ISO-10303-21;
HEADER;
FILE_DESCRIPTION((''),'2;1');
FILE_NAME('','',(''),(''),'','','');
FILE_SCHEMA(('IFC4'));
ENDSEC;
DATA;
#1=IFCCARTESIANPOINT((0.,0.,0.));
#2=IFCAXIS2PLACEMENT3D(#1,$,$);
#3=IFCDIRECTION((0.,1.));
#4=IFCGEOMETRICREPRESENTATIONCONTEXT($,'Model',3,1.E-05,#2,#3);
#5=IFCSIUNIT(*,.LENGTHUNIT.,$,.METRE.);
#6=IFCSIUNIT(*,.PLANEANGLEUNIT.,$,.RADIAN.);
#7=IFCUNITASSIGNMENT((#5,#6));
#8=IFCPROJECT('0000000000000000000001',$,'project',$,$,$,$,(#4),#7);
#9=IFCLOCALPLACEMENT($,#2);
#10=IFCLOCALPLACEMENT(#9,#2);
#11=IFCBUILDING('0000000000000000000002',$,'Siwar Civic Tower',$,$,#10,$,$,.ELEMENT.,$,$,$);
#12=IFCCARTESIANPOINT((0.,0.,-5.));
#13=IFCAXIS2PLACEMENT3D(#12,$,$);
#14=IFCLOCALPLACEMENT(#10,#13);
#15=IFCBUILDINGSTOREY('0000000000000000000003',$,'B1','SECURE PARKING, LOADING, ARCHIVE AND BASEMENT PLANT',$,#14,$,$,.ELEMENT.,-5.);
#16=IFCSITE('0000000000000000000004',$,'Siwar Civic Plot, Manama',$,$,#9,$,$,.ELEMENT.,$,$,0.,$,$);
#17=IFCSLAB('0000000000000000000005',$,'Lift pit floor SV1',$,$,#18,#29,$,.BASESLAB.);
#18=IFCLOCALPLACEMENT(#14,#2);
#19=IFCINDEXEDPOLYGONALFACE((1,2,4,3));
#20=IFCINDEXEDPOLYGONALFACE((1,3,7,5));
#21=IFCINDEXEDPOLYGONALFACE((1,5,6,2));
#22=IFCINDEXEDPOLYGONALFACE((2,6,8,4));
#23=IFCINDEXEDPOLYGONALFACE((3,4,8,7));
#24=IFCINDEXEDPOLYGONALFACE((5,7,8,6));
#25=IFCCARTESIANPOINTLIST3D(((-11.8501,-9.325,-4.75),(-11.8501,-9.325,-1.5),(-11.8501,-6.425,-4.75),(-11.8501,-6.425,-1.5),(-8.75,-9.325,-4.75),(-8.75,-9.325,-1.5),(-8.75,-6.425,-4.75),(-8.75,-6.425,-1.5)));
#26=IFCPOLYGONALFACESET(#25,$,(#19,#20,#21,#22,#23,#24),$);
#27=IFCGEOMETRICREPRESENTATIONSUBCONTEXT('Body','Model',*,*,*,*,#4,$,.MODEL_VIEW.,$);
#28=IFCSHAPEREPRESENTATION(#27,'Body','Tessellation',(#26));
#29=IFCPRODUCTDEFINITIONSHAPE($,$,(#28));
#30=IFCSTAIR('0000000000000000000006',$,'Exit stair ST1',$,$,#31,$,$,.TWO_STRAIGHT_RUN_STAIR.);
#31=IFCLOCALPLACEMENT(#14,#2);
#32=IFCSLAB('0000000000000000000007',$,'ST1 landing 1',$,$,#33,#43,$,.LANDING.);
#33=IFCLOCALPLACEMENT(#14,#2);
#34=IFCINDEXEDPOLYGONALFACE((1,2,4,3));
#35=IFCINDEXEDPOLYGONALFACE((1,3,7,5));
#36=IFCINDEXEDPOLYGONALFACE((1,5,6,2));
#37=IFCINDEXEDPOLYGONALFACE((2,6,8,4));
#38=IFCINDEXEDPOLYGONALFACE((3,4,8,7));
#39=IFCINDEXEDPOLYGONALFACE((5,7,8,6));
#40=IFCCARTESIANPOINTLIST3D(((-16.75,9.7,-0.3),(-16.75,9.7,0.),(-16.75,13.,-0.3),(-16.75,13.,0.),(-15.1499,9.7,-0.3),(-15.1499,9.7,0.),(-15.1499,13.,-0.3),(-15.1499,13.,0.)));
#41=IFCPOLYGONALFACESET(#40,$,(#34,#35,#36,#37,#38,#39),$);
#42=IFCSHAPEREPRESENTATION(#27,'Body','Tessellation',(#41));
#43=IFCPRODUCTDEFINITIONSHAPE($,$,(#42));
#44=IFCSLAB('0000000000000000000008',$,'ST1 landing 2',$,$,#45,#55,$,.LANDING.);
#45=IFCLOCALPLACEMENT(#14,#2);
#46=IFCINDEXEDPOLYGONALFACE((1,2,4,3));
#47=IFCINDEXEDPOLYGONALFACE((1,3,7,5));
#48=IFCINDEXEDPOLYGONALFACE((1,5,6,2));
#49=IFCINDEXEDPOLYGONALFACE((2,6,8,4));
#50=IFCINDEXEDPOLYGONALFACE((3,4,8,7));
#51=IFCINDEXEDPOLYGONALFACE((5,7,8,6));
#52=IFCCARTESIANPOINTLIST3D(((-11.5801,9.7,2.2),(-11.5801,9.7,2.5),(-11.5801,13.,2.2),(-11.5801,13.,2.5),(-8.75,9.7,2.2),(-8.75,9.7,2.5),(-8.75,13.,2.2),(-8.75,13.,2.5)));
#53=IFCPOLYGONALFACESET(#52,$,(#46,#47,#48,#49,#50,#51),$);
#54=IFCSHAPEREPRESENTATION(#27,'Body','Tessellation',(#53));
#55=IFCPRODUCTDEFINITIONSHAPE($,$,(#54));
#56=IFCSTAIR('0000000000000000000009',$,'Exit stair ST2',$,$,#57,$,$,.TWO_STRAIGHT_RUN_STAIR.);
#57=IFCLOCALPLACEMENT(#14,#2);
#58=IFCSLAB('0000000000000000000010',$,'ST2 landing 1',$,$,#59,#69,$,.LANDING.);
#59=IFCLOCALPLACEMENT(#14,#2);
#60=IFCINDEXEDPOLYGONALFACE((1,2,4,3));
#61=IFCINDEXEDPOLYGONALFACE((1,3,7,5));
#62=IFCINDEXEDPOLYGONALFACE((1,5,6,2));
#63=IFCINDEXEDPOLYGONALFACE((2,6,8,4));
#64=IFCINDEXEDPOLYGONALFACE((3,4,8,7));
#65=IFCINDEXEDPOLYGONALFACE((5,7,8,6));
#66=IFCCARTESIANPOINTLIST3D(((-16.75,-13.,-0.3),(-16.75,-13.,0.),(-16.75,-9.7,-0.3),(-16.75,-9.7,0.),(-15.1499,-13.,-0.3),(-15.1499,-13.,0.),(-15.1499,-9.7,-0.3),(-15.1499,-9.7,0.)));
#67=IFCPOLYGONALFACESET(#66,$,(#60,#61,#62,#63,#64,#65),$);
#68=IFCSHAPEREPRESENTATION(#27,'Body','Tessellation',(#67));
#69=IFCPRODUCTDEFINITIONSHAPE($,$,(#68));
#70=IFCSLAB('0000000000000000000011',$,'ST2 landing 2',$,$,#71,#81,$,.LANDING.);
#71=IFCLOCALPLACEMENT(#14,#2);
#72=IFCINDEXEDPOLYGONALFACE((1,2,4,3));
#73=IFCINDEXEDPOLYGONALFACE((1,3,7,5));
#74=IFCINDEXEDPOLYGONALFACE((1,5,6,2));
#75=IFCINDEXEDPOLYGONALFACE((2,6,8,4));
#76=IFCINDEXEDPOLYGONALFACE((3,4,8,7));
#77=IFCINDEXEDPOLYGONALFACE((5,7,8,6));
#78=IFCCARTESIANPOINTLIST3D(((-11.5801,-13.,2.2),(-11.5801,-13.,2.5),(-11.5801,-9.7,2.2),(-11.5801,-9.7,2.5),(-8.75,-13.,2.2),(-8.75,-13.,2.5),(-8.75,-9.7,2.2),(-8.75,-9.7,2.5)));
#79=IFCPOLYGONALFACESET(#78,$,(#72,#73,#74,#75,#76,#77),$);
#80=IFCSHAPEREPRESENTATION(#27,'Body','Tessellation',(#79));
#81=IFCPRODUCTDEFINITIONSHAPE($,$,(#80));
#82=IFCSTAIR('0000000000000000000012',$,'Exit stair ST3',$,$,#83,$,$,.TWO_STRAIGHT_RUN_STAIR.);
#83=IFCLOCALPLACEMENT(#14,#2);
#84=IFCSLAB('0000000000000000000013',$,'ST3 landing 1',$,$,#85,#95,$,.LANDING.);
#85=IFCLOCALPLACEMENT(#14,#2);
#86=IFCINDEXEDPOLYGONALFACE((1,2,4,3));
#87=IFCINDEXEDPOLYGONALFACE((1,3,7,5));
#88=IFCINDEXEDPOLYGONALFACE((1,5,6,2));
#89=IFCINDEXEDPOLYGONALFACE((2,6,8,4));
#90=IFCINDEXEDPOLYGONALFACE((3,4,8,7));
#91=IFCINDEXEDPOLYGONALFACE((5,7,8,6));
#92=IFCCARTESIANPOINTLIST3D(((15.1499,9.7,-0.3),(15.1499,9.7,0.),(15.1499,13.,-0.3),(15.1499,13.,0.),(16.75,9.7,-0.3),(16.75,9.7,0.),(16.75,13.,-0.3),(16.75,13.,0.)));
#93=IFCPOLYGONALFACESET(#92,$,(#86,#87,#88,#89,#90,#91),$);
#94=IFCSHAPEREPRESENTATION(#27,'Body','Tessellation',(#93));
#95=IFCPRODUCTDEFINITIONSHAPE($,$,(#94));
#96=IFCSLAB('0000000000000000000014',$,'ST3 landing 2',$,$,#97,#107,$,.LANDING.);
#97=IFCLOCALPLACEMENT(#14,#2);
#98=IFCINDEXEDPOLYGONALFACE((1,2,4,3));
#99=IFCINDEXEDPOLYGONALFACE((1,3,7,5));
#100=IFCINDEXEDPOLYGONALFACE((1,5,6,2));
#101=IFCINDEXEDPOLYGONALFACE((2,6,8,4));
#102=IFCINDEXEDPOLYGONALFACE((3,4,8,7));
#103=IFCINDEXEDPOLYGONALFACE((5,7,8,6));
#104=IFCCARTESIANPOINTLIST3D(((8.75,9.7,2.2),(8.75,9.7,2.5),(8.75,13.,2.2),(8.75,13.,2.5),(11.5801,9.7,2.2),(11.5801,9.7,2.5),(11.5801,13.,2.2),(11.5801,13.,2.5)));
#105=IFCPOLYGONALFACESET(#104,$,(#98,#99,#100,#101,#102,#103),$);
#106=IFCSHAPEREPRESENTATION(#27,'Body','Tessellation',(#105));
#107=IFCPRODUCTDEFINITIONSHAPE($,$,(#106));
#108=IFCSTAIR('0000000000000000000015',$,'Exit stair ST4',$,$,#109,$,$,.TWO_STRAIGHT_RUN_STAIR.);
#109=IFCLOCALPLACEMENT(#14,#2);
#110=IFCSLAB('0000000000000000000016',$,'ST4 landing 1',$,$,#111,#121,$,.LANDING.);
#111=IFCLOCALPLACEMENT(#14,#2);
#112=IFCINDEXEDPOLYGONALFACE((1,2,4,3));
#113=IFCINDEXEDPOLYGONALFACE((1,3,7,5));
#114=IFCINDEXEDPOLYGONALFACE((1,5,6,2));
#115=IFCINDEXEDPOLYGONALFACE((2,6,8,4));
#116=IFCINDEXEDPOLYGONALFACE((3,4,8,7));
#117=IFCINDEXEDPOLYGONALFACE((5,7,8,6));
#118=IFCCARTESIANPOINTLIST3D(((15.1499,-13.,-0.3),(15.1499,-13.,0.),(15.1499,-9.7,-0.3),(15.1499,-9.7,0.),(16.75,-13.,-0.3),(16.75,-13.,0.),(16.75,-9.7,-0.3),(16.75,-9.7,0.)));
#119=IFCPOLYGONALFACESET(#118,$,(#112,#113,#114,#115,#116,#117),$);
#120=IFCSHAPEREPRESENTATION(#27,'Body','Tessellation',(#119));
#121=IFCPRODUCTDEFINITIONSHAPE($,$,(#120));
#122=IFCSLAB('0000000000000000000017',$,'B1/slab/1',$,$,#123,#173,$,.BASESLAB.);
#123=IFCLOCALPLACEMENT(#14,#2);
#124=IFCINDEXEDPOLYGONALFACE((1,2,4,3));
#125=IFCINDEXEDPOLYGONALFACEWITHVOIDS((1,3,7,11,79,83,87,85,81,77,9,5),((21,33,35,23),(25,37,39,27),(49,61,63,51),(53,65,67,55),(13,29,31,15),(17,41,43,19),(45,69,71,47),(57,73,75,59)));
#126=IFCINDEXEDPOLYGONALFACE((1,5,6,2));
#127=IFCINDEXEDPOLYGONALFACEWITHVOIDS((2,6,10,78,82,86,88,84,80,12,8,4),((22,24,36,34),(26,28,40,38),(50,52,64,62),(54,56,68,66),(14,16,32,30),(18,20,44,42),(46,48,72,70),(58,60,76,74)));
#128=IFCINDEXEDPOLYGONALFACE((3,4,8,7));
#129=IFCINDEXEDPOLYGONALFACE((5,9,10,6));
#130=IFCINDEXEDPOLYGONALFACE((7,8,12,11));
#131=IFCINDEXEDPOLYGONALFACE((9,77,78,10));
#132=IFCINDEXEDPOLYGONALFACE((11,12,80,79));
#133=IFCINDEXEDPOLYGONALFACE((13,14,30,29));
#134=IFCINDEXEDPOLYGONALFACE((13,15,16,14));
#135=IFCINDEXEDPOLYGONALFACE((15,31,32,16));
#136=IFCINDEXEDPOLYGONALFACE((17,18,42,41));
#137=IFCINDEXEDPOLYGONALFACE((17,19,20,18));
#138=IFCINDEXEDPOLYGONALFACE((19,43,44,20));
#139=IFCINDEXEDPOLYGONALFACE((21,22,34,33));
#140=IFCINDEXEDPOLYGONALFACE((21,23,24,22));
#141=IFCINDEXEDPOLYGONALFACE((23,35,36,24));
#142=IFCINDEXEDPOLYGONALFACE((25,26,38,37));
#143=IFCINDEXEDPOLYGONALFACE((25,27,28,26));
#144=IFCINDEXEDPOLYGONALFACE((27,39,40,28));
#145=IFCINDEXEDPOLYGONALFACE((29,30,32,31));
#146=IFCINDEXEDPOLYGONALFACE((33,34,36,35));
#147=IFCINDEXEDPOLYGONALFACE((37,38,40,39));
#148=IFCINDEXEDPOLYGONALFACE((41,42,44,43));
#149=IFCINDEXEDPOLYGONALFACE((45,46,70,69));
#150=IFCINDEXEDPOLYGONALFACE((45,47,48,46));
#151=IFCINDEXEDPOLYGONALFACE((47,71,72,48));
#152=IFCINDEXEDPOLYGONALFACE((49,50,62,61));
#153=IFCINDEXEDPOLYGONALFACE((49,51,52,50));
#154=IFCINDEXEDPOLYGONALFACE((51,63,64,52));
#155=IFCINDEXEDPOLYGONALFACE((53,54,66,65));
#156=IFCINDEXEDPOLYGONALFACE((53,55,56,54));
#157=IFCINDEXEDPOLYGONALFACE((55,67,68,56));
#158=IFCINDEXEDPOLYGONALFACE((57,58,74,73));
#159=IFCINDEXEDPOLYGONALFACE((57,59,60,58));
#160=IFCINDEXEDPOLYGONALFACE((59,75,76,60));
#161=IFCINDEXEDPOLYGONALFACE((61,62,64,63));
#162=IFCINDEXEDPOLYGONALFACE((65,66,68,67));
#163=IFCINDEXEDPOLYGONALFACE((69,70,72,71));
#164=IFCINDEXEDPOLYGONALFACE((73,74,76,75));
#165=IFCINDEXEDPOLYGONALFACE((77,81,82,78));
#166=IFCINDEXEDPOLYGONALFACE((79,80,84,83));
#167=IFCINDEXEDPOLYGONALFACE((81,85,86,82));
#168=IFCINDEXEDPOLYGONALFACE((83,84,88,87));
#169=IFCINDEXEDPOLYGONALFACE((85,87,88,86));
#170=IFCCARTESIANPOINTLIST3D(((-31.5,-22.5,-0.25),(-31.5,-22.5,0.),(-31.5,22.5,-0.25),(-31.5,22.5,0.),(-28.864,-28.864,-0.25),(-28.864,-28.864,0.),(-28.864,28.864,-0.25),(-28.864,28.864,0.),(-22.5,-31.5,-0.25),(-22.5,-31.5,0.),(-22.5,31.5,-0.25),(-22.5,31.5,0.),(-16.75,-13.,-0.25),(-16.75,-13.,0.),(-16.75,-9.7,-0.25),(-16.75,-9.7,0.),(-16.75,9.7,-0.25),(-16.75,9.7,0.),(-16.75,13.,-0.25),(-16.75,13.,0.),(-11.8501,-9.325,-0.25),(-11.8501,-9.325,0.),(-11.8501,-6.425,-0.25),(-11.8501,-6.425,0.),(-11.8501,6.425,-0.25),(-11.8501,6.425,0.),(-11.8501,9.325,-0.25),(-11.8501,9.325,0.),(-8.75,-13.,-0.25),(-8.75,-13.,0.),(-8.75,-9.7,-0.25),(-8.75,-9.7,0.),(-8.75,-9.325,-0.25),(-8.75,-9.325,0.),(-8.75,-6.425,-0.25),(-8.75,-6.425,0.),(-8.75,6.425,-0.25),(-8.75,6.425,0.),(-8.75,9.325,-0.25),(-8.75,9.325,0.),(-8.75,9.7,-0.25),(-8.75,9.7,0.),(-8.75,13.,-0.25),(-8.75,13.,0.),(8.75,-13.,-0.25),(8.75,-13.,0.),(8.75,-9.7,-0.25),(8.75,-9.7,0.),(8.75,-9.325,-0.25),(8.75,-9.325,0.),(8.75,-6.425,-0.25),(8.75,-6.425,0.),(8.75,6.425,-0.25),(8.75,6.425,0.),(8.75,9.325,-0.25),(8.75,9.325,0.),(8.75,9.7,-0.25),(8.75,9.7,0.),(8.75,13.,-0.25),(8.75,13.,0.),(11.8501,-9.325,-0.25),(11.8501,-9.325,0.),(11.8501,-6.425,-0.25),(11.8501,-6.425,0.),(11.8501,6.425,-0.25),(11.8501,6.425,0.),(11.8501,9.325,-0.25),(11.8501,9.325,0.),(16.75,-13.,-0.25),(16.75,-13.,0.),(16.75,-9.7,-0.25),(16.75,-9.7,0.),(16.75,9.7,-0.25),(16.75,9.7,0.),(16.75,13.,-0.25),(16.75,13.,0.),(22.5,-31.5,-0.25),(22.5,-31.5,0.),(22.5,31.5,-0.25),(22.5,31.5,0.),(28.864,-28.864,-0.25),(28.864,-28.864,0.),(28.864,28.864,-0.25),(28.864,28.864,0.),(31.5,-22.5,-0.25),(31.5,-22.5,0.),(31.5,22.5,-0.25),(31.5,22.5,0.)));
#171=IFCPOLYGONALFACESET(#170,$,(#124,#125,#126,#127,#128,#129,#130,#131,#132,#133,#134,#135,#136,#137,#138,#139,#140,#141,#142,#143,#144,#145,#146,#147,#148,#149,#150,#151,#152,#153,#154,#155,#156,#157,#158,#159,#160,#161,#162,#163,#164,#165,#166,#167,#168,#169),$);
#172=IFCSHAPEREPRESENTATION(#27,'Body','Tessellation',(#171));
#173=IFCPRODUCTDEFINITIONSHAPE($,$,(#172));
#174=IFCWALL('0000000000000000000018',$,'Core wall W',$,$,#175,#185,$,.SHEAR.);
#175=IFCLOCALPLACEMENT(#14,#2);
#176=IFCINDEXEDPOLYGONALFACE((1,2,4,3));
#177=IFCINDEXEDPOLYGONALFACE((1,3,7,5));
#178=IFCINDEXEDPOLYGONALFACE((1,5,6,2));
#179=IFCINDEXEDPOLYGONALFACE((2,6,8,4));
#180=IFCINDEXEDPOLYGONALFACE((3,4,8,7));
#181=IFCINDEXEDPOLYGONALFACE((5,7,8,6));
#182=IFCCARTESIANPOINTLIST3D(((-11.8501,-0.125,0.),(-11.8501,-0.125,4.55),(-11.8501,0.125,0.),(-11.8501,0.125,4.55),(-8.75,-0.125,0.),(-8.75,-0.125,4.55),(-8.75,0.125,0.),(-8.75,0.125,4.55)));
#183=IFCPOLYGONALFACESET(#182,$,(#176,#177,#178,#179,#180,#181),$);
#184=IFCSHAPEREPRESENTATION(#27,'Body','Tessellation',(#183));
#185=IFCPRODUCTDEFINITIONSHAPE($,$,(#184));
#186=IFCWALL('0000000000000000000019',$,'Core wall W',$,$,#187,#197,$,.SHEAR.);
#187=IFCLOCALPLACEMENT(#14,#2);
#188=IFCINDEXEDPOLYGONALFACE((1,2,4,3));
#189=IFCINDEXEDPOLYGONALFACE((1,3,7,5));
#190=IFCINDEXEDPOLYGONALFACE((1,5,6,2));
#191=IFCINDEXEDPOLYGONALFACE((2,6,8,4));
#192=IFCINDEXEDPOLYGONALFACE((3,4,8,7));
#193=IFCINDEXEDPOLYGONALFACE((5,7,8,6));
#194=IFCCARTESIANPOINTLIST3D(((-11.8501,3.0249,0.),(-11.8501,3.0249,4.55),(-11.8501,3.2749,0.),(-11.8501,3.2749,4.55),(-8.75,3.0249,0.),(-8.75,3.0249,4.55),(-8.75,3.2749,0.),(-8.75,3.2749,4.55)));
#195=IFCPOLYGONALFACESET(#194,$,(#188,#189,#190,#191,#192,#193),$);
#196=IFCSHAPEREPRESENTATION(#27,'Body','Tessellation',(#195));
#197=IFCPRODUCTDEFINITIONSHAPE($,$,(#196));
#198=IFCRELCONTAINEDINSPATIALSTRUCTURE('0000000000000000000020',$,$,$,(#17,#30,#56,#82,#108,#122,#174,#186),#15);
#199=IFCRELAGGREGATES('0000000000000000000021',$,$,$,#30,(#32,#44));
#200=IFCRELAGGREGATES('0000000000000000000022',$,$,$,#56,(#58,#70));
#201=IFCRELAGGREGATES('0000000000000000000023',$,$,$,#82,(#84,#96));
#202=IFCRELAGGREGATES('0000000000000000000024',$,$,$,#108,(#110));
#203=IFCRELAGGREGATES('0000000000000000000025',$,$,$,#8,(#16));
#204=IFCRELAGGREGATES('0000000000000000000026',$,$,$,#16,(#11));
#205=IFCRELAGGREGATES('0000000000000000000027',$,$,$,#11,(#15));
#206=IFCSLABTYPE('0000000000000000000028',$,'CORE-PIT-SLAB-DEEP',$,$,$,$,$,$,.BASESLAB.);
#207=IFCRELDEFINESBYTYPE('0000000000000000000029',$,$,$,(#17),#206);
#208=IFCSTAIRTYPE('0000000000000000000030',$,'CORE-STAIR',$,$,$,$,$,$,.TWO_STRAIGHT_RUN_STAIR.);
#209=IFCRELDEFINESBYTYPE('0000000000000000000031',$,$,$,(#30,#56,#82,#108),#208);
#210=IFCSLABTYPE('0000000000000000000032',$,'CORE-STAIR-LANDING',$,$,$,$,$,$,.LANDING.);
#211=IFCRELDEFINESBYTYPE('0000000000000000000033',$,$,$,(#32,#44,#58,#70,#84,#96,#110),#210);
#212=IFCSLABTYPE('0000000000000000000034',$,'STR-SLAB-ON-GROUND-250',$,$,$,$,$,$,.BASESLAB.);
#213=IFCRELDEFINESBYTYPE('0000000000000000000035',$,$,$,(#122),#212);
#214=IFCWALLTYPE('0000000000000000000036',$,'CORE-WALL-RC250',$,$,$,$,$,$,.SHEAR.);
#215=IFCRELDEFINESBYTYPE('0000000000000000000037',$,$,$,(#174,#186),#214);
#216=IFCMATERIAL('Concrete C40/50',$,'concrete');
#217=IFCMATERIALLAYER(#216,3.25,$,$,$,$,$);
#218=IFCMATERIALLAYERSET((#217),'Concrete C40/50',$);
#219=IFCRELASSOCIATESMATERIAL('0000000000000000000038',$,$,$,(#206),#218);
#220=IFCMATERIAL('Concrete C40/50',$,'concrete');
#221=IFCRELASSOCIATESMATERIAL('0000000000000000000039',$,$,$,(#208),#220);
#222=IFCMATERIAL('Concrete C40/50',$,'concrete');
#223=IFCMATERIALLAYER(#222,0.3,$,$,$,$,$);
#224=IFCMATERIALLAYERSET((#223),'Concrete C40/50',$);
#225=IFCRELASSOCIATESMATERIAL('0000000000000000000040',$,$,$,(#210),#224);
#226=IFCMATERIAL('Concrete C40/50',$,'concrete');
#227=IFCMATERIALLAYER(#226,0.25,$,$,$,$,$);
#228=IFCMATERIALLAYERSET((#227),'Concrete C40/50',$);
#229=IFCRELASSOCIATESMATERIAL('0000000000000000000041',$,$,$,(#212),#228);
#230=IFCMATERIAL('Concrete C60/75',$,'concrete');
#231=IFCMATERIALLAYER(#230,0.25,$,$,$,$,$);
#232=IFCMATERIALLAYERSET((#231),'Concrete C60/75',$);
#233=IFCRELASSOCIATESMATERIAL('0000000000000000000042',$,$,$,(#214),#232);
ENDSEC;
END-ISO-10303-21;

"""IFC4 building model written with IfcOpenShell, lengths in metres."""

from ifc_helpers import new_model, si_unit, direction, frame, frame_2d, origin, place, context, subcontext, project, spatial, polyline, rectangle, outline, extrude, material, layer, layer_set, type_object, element, aggregate, save


model = new_model("IFC4")

# Units and contexts
model_context = context("Model", 3, precision=1e-05, world=origin(), true_north=direction((0.0, 1.0)))
body_context = subcontext(model_context, "Body", "Model", "MODEL_VIEW")
ifc_project = project(units=[si_unit("LENGTHUNIT", "METRE"), si_unit("PLANEANGLEUNIT", "RADIAN")], contexts=[model_context])

# Site, building, storey
site_placement = place(None, origin())
site = spatial("IfcSite", under=ifc_project, at=site_placement, Name="Siwar Civic Plot, Manama", CompositionType="ELEMENT", RefElevation=0.0)
building_placement = place(site_placement, origin())
building = spatial("IfcBuilding", under=site, at=building_placement, Name="Siwar Civic Tower", CompositionType="ELEMENT")
storey_placement = place(building_placement, frame((0.0, 0.0, -5.0)))
storey = spatial("IfcBuildingStorey", under=building, at=storey_placement, Name="B1", Description="SECURE PARKING, LOADING, ARCHIVE AND BASEMENT PLANT", CompositionType="ELEMENT", Elevation=-5.0)

# Slab
ifc_material_1 = material(Name="Concrete C40/50", Category="concrete")
ifc_layer_1 = layer(ifc_material_1, 3.25)
ifc_layer_set_1 = layer_set([ifc_layer_1], Name="Concrete C40/50")
slab_type_1 = type_object("IfcSlabType", Name="CORE-PIT-SLAB-DEEP", PredefinedType="BASESLAB", material=ifc_layer_set_1)
slab_1_placement = place(storey_placement, frame((0.0, 0.0, -4.75)))
element("IfcSlab", 1, at=slab_1_placement, inside=storey, type_object=slab_type_1, Name="Lift pit floor SV1", PredefinedType="BASESLAB", context=body_context, shape_type="SweptSolid", body=[
    extrude(outline(polyline([(-8.75, -6.425), (-11.8501, -6.425), (-11.8501, -9.325), (-8.75, -9.325), (-8.75, -6.425)])), origin(), (0.0, 0.0, 1.0), 3.25),
])

# Stairs, slabs
ifc_material_2 = material(Name="Concrete C40/50", Category="concrete")
stair_type = type_object("IfcStairType", Name="CORE-STAIR", PredefinedType="TWO_STRAIGHT_RUN_STAIR", material=ifc_material_2)
stair_1_placement = place(storey_placement, origin())
stair_1 = element("IfcStair", 2, at=stair_1_placement, inside=storey, type_object=stair_type, Name="Exit stair ST1", PredefinedType="TWO_STRAIGHT_RUN_STAIR")
ifc_material_3 = material(Name="Concrete C40/50", Category="concrete")
ifc_layer_2 = layer(ifc_material_3, 0.3)
ifc_layer_set_2 = layer_set([ifc_layer_2], Name="Concrete C40/50")
slab_type_2 = type_object("IfcSlabType", Name="CORE-STAIR-LANDING", PredefinedType="LANDING", material=ifc_layer_set_2)
slab_2_placement = place(storey_placement, frame((0.0, 0.0, -0.3)))
slab_2 = element("IfcSlab", 3, at=slab_2_placement, type_object=slab_type_2, Name="ST1 landing 1", PredefinedType="LANDING", context=body_context, shape_type="SweptSolid", body=[
    extrude(outline(polyline([(-15.1499, 13.0), (-16.75, 13.0), (-16.75, 9.7), (-15.1499, 9.7), (-15.1499, 13.0)])), origin(), (0.0, 0.0, 1.0), 0.3),
])
slab_3_placement = place(storey_placement, frame((0.0, 0.0, 2.2)))
slab_3 = element("IfcSlab", 4, at=slab_3_placement, type_object=slab_type_2, Name="ST1 landing 2", PredefinedType="LANDING", context=body_context, shape_type="SweptSolid", body=[
    extrude(outline(polyline([(-8.75, 13.0), (-11.5801, 13.0), (-11.5801, 9.7), (-8.75, 9.7), (-8.75, 13.0)])), origin(), (0.0, 0.0, 1.0), 0.3),
])
aggregate(stair_1, [slab_2, slab_3])
stair_2_placement = place(storey_placement, origin())
stair_2 = element("IfcStair", 5, at=stair_2_placement, inside=storey, type_object=stair_type, Name="Exit stair ST2", PredefinedType="TWO_STRAIGHT_RUN_STAIR")
slab_4_placement = place(storey_placement, frame((0.0, 0.0, -0.3)))
slab_4 = element("IfcSlab", 6, at=slab_4_placement, type_object=slab_type_2, Name="ST2 landing 1", PredefinedType="LANDING", context=body_context, shape_type="SweptSolid", body=[
    extrude(outline(polyline([(-15.1499, -9.7), (-16.75, -9.7), (-16.75, -13.0), (-15.1499, -13.0), (-15.1499, -9.7)])), origin(), (0.0, 0.0, 1.0), 0.3),
])
slab_5_placement = place(storey_placement, frame((0.0, 0.0, 2.2)))
slab_5 = element("IfcSlab", 7, at=slab_5_placement, type_object=slab_type_2, Name="ST2 landing 2", PredefinedType="LANDING", context=body_context, shape_type="SweptSolid", body=[
    extrude(outline(polyline([(-8.75, -9.7), (-11.5801, -9.7), (-11.5801, -13.0), (-8.75, -13.0), (-8.75, -9.7)])), origin(), (0.0, 0.0, 1.0), 0.3),
])
aggregate(stair_2, [slab_4, slab_5])
stair_3_placement = place(storey_placement, origin())
stair_3 = element("IfcStair", 8, at=stair_3_placement, inside=storey, type_object=stair_type, Name="Exit stair ST3", PredefinedType="TWO_STRAIGHT_RUN_STAIR")
slab_6_placement = place(storey_placement, frame((0.0, 0.0, -0.3)))
slab_6 = element("IfcSlab", 9, at=slab_6_placement, type_object=slab_type_2, Name="ST3 landing 1", PredefinedType="LANDING", context=body_context, shape_type="SweptSolid", body=[
    extrude(outline(polyline([(15.1499, 9.7), (16.75, 9.7), (16.75, 13.0), (15.1499, 13.0), (15.1499, 9.7)])), origin(), (0.0, 0.0, 1.0), 0.3),
])
slab_7_placement = place(storey_placement, frame((0.0, 0.0, 2.2)))
slab_7 = element("IfcSlab", 10, at=slab_7_placement, type_object=slab_type_2, Name="ST3 landing 2", PredefinedType="LANDING", context=body_context, shape_type="SweptSolid", body=[
    extrude(outline(polyline([(8.75, 9.7), (11.5801, 9.7), (11.5801, 13.0), (8.75, 13.0), (8.75, 9.7)])), origin(), (0.0, 0.0, 1.0), 0.3),
])
aggregate(stair_3, [slab_6, slab_7])

# Stair, slab
stair_4_placement = place(storey_placement, origin())
stair_4 = element("IfcStair", 11, at=stair_4_placement, inside=storey, type_object=stair_type, Name="Exit stair ST4", PredefinedType="TWO_STRAIGHT_RUN_STAIR")
slab_8_placement = place(storey_placement, frame((0.0, 0.0, -0.3)))
slab_8 = element("IfcSlab", 12, at=slab_8_placement, type_object=slab_type_2, Name="ST4 landing 1", PredefinedType="LANDING", context=body_context, shape_type="SweptSolid", body=[
    extrude(outline(polyline([(15.1499, -13.0), (16.75, -13.0), (16.75, -9.7), (15.1499, -9.7), (15.1499, -13.0)])), origin(), (0.0, 0.0, 1.0), 0.3),
])
aggregate(stair_4, [slab_8])

# Slab
ifc_material_4 = material(Name="Concrete C40/50", Category="concrete")
ifc_layer_3 = layer(ifc_material_4, 0.25)
ifc_layer_set_3 = layer_set([ifc_layer_3], Name="Concrete C40/50")
slab_type_3 = type_object("IfcSlabType", Name="STR-SLAB-ON-GROUND-250", PredefinedType="BASESLAB", material=ifc_layer_set_3)
slab_9_placement = place(storey_placement, frame((0.0, 0.0, -0.25)))
element("IfcSlab", 13, at=slab_9_placement, inside=storey, type_object=slab_type_3, Name="B1/slab/1", PredefinedType="BASESLAB", context=body_context, shape_type="SweptSolid", body=[
    extrude(outline(polyline([(-22.5, -31.5), (22.5, -31.5), (28.864, -28.864), (31.5, -22.5), (31.5, 22.5), (28.864, 28.864), (22.5, 31.5), (-22.5, 31.5), (-28.864, 28.864), (-31.5, 22.5), (-31.5, -22.5), (-28.864, -28.864), (-22.5, -31.5)]), holes=[polyline([(8.75, -13.0), (8.75, -9.7), (16.75, -9.7), (16.75, -13.0), (8.75, -13.0)]), polyline([(8.75, 9.7), (8.75, 13.0), (16.75, 13.0), (16.75, 9.7), (8.75, 9.7)]), polyline([(8.75, -9.325), (8.75, -6.425), (11.8501, -6.425), (11.8501, -9.325), (8.75, -9.325)]), polyline([(8.75, 6.425), (8.75, 9.325), (11.8501, 9.325), (11.8501, 6.425), (8.75, 6.425)]), polyline([(-8.75, -9.7), (-8.75, -13.0), (-16.75, -13.0), (-16.75, -9.7), (-8.75, -9.7)]), polyline([(-8.75, -6.425), (-8.75, -9.325), (-11.8501, -9.325), (-11.8501, -6.425), (-8.75, -6.425)]), polyline([(-8.75, 9.325), (-8.75, 6.425), (-11.8501, 6.425), (-11.8501, 9.325), (-8.75, 9.325)]), polyline([(-8.75, 13.0), (-8.75, 9.7), (-16.75, 9.7), (-16.75, 13.0), (-8.75, 13.0)])]), origin(), (0.0, 0.0, 1.0), 0.25),
])

# Walls
ifc_material_5 = material(Name="Concrete C60/75", Category="concrete")
ifc_layer_4 = layer(ifc_material_5, 0.25)
ifc_layer_set_4 = layer_set([ifc_layer_4], Name="Concrete C60/75")
wall_type_1 = type_object("IfcWallType", Name="CORE-WALL-RC250", PredefinedType="SHEAR", material=ifc_layer_set_4)
for number, where, z_axis, x_axis, name in (
    (14, (-8.75, 0.0, 0.0), (0.0, 0.0, 1.0), (-1.0, 0.0, 0.0), "Core wall W"),
    (15, (-8.75, 3.1499, 0.0), (0.0, 0.0, 1.0), (-1.0, 0.0, 0.0), "Core wall W"),
):
    element("IfcWall", number, at=place(storey_placement, frame(where, z_axis=z_axis, x_axis=x_axis)), inside=storey, type_object=wall_type_1, Name=name, PredefinedType="SHEAR", context=body_context, shape_type="SweptSolid", body=[
        extrude(rectangle(XDim=3.1001, YDim=0.25, at=frame_2d((1.55, 0.0))), origin(), (0.0, 0.0, 1.0), 4.55),
    ])

save(model, "model.ifc")
